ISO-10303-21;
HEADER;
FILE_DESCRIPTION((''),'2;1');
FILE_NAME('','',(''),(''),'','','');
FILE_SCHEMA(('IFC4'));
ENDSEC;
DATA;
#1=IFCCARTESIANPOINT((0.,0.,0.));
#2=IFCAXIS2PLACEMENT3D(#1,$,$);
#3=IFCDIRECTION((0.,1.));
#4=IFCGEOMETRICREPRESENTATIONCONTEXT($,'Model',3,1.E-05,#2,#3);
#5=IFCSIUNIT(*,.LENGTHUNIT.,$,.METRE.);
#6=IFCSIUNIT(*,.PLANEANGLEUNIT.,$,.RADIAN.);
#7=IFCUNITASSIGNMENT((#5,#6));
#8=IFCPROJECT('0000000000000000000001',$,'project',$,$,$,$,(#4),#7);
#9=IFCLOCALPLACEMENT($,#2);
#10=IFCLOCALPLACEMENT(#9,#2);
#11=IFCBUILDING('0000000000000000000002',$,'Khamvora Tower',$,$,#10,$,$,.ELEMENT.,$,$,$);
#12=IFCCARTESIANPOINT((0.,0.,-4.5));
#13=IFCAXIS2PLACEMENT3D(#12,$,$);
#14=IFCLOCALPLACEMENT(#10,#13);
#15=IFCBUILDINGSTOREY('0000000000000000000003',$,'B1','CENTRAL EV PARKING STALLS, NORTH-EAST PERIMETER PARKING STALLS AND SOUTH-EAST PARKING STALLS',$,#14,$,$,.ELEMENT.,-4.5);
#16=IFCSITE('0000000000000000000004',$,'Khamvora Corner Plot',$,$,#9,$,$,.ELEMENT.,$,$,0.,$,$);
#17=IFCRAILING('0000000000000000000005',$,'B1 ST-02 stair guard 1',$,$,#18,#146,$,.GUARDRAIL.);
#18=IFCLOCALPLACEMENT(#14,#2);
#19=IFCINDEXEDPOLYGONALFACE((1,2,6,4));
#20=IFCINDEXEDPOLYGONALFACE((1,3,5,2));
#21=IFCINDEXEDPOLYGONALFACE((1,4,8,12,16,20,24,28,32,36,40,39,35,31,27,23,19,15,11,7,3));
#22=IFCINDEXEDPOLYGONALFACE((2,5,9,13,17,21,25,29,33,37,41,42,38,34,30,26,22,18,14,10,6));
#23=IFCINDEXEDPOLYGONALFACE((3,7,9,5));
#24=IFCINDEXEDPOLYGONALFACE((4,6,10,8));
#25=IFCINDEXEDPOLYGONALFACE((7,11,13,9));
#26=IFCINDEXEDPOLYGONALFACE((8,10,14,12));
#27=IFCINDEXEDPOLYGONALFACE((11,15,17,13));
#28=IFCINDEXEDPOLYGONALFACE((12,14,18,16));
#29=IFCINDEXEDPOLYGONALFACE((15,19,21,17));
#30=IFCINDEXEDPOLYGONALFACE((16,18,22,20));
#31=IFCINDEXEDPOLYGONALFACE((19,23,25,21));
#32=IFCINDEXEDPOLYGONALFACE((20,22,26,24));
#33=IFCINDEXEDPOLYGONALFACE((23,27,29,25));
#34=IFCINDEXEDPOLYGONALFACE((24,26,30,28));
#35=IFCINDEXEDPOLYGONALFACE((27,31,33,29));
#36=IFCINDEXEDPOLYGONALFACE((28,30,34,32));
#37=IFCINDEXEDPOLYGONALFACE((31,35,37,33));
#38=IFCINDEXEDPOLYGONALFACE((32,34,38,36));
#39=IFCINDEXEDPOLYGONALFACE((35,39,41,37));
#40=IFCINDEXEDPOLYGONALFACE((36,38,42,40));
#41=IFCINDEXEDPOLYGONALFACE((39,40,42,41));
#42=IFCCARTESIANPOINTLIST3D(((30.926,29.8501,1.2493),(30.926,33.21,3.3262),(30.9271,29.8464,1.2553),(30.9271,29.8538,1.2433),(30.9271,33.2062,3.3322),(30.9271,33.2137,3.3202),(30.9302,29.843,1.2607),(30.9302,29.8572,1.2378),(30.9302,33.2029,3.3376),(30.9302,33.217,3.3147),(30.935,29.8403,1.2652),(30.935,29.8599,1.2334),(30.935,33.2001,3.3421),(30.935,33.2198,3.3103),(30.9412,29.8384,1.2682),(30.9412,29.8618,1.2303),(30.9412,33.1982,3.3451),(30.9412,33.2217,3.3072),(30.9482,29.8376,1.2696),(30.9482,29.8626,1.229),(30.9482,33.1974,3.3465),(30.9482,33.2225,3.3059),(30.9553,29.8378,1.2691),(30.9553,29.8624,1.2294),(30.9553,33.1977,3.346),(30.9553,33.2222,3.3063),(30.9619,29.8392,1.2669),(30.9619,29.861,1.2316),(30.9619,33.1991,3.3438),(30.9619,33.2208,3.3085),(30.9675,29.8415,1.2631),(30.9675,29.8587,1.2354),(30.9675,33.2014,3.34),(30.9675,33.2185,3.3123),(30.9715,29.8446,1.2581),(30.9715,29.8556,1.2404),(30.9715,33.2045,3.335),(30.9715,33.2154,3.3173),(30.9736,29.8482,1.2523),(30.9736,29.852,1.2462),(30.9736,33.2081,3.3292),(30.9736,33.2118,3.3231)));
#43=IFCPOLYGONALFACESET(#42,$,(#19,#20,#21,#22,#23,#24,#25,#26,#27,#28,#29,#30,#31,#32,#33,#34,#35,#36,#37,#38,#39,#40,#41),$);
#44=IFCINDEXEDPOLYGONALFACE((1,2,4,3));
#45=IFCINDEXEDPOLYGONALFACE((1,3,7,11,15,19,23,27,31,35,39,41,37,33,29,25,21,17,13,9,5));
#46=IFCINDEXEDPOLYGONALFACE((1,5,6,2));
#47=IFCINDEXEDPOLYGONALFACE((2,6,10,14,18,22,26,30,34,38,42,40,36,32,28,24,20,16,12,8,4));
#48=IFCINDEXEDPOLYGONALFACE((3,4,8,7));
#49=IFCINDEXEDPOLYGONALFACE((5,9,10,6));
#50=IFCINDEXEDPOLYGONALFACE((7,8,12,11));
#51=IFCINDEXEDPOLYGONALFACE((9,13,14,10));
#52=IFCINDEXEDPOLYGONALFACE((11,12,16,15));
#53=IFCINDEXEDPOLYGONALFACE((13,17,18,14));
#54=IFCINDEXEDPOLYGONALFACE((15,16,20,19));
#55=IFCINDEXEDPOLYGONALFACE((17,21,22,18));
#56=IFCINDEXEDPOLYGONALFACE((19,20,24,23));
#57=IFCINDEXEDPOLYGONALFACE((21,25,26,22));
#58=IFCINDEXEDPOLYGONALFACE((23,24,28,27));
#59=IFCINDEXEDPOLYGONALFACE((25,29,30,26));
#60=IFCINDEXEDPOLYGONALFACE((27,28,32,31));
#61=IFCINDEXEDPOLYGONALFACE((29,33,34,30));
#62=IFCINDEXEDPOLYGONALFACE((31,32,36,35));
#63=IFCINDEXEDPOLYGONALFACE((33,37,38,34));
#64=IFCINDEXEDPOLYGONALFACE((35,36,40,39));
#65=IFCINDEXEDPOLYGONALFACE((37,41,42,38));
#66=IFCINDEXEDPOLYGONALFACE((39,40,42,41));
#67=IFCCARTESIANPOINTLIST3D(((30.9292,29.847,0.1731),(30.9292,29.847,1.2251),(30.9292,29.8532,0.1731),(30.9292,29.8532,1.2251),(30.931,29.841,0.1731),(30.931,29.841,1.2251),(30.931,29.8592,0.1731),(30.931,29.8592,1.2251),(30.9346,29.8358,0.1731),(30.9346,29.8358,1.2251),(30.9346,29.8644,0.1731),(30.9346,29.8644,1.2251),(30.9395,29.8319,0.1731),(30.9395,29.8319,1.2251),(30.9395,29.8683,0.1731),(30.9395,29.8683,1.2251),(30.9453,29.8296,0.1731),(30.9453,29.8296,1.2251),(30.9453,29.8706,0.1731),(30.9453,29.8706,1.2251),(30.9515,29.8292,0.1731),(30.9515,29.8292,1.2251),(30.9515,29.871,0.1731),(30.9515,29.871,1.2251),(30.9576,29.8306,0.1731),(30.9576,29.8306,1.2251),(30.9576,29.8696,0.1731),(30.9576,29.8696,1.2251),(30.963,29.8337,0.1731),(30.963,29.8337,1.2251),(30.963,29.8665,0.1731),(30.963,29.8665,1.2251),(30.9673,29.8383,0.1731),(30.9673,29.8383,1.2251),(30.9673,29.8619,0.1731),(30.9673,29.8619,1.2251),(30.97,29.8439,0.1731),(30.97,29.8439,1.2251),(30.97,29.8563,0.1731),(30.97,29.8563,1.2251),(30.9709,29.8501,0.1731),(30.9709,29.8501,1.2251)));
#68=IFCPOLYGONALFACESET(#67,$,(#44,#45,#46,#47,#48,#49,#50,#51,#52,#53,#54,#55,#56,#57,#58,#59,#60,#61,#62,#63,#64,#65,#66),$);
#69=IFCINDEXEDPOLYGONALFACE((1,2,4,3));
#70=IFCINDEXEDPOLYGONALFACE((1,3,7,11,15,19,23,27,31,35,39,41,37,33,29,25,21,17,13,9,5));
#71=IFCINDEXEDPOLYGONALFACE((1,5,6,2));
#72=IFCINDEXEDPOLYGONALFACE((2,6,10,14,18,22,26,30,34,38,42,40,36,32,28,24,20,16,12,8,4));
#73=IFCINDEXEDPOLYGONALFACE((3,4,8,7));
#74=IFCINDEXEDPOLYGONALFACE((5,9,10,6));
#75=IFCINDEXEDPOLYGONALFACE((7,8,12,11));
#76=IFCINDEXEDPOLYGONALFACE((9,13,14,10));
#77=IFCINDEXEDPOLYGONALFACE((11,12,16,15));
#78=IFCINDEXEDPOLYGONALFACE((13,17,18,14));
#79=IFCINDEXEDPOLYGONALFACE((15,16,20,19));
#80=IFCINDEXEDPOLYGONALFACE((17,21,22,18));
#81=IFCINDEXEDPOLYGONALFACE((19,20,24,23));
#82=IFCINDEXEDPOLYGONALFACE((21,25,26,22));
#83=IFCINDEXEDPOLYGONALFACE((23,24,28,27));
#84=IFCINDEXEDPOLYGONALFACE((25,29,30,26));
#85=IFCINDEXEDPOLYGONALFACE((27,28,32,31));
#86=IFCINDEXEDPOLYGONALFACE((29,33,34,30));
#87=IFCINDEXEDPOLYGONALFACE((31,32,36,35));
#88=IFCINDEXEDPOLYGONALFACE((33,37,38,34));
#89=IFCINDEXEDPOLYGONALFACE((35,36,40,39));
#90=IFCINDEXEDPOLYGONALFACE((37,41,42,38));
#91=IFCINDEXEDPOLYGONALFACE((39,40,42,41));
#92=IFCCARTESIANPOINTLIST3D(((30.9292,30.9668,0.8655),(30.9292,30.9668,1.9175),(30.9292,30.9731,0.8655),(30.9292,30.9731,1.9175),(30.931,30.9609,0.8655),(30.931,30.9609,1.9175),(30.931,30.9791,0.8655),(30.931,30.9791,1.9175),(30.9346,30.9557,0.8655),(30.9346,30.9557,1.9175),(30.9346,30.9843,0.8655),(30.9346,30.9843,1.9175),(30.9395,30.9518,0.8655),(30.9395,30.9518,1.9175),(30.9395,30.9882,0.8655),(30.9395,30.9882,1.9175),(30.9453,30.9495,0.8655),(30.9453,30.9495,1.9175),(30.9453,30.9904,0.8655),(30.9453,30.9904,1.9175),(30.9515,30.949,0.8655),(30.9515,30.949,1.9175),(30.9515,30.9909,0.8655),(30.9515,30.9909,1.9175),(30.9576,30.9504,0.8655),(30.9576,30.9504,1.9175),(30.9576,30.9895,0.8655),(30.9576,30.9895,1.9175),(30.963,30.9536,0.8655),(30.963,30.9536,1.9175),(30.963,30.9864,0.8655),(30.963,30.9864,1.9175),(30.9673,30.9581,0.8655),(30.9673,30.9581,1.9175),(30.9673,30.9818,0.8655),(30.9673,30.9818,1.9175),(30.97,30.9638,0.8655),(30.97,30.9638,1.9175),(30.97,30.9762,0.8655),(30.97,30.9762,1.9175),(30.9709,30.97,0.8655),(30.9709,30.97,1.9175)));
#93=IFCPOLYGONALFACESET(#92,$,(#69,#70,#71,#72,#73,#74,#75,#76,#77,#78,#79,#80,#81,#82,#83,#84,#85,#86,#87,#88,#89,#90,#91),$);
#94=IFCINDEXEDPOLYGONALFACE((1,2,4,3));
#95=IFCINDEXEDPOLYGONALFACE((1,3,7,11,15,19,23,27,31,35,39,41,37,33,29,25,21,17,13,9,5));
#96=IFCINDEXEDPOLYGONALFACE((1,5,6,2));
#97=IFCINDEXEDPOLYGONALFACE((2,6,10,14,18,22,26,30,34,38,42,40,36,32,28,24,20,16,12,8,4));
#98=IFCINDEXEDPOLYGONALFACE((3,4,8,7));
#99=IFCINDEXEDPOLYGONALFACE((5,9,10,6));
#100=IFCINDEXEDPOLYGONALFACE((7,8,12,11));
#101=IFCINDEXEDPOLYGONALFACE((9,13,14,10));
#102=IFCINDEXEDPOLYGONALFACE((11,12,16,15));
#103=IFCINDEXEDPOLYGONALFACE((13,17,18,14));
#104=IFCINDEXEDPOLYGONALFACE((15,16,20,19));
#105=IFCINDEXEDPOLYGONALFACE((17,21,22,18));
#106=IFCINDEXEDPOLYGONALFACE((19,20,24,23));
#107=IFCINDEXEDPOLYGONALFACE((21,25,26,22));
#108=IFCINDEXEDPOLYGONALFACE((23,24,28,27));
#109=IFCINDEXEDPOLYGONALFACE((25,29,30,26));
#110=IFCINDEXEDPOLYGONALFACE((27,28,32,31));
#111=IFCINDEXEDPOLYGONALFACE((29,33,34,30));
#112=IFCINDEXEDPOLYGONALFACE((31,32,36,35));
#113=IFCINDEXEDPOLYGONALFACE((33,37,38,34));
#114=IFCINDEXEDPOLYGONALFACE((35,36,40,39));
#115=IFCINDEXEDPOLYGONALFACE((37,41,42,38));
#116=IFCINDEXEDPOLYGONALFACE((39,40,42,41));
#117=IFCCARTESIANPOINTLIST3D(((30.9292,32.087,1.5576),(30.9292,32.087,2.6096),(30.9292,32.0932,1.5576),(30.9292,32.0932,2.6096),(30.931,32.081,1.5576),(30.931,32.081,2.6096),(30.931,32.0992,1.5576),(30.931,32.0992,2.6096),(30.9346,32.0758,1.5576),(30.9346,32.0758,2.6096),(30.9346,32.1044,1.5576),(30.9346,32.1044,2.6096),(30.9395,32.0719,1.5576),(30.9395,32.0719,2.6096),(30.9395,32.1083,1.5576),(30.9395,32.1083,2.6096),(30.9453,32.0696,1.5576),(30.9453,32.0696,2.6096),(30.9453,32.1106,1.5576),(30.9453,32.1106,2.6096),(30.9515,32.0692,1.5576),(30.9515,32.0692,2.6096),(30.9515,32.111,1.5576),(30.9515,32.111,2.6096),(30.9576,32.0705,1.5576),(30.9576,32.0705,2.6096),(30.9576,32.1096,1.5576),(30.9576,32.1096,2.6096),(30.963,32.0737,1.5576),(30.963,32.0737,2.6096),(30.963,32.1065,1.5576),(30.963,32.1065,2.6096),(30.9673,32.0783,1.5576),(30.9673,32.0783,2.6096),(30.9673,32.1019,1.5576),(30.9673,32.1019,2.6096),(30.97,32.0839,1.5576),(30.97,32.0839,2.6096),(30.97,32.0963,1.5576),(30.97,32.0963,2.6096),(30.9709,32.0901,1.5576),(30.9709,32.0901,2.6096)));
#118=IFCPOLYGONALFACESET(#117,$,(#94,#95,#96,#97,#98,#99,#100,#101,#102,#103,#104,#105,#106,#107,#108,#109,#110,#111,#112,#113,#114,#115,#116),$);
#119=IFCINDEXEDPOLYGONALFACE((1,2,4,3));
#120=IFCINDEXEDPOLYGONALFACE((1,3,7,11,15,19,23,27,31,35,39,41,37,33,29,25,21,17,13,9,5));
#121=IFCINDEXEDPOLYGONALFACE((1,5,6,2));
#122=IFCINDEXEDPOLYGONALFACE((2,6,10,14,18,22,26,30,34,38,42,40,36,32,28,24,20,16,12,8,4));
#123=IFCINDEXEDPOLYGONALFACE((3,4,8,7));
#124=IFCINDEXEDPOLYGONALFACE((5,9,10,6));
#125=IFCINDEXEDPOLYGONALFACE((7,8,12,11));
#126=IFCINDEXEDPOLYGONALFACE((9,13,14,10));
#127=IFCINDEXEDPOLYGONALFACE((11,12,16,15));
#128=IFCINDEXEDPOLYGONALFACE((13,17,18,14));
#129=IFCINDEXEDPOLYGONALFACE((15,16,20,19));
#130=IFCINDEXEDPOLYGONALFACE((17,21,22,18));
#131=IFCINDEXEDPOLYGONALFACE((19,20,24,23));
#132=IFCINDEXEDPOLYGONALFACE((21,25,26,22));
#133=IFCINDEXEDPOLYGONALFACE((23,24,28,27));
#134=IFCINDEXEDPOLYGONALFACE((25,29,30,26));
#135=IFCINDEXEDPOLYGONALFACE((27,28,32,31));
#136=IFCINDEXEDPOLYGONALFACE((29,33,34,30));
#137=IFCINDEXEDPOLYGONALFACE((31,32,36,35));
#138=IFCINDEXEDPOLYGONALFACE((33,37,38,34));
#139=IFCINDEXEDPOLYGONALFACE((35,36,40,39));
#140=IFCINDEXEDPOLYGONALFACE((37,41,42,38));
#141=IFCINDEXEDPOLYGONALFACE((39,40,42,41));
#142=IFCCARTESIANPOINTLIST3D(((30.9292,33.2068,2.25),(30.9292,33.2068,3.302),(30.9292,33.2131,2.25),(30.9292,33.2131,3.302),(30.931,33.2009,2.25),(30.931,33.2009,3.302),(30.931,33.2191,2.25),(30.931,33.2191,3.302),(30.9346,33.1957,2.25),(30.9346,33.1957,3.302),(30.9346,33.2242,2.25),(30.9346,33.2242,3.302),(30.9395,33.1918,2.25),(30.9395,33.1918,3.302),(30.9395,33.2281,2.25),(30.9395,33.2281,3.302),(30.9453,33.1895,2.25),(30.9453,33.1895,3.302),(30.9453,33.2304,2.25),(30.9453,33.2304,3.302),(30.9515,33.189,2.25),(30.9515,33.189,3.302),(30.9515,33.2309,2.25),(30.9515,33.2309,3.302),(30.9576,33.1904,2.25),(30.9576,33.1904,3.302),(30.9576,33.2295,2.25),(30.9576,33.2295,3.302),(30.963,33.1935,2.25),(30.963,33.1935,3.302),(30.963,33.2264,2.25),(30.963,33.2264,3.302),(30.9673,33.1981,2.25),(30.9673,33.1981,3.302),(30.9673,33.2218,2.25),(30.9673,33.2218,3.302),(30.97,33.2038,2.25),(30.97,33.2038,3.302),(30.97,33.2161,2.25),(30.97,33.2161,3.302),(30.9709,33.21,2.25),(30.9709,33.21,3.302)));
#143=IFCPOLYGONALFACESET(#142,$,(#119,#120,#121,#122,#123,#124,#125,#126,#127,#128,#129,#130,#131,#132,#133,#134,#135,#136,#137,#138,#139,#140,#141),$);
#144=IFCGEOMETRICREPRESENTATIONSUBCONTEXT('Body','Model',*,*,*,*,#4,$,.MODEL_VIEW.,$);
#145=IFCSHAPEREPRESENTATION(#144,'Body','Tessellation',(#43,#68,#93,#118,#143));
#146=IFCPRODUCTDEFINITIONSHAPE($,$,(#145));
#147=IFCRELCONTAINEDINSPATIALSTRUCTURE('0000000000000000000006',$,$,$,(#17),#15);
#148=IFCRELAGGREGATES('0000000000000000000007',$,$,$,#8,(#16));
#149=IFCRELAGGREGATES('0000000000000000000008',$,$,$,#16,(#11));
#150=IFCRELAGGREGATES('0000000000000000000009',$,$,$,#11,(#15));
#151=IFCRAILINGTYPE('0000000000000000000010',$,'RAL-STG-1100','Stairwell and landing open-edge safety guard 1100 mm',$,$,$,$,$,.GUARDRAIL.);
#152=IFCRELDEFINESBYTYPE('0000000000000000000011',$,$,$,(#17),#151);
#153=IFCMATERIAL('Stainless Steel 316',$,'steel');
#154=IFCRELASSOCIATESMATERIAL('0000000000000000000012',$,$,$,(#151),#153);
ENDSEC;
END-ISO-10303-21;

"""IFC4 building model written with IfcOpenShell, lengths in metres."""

from ifc_helpers import new_model, si_unit, direction, frame, origin, origin_2d, place, context, subcontext, project, spatial, circle, extrude, material, type_object, element, save


model = new_model("IFC4")

# Units and contexts
model_context = context("Model", 3, precision=1e-05, world=origin(), true_north=direction((0.0, 1.0)))
body_context = subcontext(model_context, "Body", "Model", "MODEL_VIEW")
ifc_project = project(units=[si_unit("LENGTHUNIT", "METRE"), si_unit("PLANEANGLEUNIT", "RADIAN")], contexts=[model_context])

# Site, building, storey
site_placement = place(None, origin())
site = spatial("IfcSite", under=ifc_project, at=site_placement, Name="Khamvora Corner Plot", CompositionType="ELEMENT", RefElevation=0.0)
building_placement = place(site_placement, origin())
building = spatial("IfcBuilding", under=site, at=building_placement, Name="Khamvora Tower", CompositionType="ELEMENT")
storey_placement = place(building_placement, frame((0.0, 0.0, -4.5)))
storey = spatial("IfcBuildingStorey", under=building, at=storey_placement, Name="B1", Description="CENTRAL EV PARKING STALLS, NORTH-EAST PERIMETER PARKING STALLS AND SOUTH-EAST PARKING STALLS", CompositionType="ELEMENT", Elevation=-4.5)

# Railing
ifc_material_1 = material(Name="Stainless Steel 316", Category="steel")
railing_type_1 = type_object("IfcRailingType", Name="RAL-STG-1100", Description="Stairwell and landing open-edge safety guard 1100 mm", PredefinedType="GUARDRAIL", material=ifc_material_1)
railing_1_placement = place(storey_placement, frame((30.95, 29.8501, 0.1731)))
element("IfcRailing", 1, at=railing_1_placement, inside=storey, type_object=railing_type_1, Name="B1 ST-02 stair guard 1", PredefinedType="GUARDRAIL", context=body_context, shape_type="SweptSolid", body=[
    extrude(circle(Radius=0.0239, at=origin_2d()), frame((0.0, 0.0, 1.0762), z_axis=(0.0, 0.850606, 0.525803), x_axis=(-1.0, 0.0, 0.0)), (0.0, 0.0, 1.0), 3.95),
    extrude(circle(Radius=0.021, at=origin_2d()), origin(), (0.0, 0.0, 1.0), 1.052),
    extrude(circle(Radius=0.021, at=origin_2d()), frame((0.0, 1.1199, 0.6924)), (0.0, 0.0, 1.0), 1.052),
    extrude(circle(Radius=0.021, at=origin_2d()), frame((0.0, 2.24, 1.3845)), (0.0, 0.0, 1.0), 1.052),
    extrude(circle(Radius=0.021, at=origin_2d()), frame((0.0, 3.3599, 2.0769)), (0.0, 0.0, 1.0), 1.052),
])

save(model, "model.ifc")
